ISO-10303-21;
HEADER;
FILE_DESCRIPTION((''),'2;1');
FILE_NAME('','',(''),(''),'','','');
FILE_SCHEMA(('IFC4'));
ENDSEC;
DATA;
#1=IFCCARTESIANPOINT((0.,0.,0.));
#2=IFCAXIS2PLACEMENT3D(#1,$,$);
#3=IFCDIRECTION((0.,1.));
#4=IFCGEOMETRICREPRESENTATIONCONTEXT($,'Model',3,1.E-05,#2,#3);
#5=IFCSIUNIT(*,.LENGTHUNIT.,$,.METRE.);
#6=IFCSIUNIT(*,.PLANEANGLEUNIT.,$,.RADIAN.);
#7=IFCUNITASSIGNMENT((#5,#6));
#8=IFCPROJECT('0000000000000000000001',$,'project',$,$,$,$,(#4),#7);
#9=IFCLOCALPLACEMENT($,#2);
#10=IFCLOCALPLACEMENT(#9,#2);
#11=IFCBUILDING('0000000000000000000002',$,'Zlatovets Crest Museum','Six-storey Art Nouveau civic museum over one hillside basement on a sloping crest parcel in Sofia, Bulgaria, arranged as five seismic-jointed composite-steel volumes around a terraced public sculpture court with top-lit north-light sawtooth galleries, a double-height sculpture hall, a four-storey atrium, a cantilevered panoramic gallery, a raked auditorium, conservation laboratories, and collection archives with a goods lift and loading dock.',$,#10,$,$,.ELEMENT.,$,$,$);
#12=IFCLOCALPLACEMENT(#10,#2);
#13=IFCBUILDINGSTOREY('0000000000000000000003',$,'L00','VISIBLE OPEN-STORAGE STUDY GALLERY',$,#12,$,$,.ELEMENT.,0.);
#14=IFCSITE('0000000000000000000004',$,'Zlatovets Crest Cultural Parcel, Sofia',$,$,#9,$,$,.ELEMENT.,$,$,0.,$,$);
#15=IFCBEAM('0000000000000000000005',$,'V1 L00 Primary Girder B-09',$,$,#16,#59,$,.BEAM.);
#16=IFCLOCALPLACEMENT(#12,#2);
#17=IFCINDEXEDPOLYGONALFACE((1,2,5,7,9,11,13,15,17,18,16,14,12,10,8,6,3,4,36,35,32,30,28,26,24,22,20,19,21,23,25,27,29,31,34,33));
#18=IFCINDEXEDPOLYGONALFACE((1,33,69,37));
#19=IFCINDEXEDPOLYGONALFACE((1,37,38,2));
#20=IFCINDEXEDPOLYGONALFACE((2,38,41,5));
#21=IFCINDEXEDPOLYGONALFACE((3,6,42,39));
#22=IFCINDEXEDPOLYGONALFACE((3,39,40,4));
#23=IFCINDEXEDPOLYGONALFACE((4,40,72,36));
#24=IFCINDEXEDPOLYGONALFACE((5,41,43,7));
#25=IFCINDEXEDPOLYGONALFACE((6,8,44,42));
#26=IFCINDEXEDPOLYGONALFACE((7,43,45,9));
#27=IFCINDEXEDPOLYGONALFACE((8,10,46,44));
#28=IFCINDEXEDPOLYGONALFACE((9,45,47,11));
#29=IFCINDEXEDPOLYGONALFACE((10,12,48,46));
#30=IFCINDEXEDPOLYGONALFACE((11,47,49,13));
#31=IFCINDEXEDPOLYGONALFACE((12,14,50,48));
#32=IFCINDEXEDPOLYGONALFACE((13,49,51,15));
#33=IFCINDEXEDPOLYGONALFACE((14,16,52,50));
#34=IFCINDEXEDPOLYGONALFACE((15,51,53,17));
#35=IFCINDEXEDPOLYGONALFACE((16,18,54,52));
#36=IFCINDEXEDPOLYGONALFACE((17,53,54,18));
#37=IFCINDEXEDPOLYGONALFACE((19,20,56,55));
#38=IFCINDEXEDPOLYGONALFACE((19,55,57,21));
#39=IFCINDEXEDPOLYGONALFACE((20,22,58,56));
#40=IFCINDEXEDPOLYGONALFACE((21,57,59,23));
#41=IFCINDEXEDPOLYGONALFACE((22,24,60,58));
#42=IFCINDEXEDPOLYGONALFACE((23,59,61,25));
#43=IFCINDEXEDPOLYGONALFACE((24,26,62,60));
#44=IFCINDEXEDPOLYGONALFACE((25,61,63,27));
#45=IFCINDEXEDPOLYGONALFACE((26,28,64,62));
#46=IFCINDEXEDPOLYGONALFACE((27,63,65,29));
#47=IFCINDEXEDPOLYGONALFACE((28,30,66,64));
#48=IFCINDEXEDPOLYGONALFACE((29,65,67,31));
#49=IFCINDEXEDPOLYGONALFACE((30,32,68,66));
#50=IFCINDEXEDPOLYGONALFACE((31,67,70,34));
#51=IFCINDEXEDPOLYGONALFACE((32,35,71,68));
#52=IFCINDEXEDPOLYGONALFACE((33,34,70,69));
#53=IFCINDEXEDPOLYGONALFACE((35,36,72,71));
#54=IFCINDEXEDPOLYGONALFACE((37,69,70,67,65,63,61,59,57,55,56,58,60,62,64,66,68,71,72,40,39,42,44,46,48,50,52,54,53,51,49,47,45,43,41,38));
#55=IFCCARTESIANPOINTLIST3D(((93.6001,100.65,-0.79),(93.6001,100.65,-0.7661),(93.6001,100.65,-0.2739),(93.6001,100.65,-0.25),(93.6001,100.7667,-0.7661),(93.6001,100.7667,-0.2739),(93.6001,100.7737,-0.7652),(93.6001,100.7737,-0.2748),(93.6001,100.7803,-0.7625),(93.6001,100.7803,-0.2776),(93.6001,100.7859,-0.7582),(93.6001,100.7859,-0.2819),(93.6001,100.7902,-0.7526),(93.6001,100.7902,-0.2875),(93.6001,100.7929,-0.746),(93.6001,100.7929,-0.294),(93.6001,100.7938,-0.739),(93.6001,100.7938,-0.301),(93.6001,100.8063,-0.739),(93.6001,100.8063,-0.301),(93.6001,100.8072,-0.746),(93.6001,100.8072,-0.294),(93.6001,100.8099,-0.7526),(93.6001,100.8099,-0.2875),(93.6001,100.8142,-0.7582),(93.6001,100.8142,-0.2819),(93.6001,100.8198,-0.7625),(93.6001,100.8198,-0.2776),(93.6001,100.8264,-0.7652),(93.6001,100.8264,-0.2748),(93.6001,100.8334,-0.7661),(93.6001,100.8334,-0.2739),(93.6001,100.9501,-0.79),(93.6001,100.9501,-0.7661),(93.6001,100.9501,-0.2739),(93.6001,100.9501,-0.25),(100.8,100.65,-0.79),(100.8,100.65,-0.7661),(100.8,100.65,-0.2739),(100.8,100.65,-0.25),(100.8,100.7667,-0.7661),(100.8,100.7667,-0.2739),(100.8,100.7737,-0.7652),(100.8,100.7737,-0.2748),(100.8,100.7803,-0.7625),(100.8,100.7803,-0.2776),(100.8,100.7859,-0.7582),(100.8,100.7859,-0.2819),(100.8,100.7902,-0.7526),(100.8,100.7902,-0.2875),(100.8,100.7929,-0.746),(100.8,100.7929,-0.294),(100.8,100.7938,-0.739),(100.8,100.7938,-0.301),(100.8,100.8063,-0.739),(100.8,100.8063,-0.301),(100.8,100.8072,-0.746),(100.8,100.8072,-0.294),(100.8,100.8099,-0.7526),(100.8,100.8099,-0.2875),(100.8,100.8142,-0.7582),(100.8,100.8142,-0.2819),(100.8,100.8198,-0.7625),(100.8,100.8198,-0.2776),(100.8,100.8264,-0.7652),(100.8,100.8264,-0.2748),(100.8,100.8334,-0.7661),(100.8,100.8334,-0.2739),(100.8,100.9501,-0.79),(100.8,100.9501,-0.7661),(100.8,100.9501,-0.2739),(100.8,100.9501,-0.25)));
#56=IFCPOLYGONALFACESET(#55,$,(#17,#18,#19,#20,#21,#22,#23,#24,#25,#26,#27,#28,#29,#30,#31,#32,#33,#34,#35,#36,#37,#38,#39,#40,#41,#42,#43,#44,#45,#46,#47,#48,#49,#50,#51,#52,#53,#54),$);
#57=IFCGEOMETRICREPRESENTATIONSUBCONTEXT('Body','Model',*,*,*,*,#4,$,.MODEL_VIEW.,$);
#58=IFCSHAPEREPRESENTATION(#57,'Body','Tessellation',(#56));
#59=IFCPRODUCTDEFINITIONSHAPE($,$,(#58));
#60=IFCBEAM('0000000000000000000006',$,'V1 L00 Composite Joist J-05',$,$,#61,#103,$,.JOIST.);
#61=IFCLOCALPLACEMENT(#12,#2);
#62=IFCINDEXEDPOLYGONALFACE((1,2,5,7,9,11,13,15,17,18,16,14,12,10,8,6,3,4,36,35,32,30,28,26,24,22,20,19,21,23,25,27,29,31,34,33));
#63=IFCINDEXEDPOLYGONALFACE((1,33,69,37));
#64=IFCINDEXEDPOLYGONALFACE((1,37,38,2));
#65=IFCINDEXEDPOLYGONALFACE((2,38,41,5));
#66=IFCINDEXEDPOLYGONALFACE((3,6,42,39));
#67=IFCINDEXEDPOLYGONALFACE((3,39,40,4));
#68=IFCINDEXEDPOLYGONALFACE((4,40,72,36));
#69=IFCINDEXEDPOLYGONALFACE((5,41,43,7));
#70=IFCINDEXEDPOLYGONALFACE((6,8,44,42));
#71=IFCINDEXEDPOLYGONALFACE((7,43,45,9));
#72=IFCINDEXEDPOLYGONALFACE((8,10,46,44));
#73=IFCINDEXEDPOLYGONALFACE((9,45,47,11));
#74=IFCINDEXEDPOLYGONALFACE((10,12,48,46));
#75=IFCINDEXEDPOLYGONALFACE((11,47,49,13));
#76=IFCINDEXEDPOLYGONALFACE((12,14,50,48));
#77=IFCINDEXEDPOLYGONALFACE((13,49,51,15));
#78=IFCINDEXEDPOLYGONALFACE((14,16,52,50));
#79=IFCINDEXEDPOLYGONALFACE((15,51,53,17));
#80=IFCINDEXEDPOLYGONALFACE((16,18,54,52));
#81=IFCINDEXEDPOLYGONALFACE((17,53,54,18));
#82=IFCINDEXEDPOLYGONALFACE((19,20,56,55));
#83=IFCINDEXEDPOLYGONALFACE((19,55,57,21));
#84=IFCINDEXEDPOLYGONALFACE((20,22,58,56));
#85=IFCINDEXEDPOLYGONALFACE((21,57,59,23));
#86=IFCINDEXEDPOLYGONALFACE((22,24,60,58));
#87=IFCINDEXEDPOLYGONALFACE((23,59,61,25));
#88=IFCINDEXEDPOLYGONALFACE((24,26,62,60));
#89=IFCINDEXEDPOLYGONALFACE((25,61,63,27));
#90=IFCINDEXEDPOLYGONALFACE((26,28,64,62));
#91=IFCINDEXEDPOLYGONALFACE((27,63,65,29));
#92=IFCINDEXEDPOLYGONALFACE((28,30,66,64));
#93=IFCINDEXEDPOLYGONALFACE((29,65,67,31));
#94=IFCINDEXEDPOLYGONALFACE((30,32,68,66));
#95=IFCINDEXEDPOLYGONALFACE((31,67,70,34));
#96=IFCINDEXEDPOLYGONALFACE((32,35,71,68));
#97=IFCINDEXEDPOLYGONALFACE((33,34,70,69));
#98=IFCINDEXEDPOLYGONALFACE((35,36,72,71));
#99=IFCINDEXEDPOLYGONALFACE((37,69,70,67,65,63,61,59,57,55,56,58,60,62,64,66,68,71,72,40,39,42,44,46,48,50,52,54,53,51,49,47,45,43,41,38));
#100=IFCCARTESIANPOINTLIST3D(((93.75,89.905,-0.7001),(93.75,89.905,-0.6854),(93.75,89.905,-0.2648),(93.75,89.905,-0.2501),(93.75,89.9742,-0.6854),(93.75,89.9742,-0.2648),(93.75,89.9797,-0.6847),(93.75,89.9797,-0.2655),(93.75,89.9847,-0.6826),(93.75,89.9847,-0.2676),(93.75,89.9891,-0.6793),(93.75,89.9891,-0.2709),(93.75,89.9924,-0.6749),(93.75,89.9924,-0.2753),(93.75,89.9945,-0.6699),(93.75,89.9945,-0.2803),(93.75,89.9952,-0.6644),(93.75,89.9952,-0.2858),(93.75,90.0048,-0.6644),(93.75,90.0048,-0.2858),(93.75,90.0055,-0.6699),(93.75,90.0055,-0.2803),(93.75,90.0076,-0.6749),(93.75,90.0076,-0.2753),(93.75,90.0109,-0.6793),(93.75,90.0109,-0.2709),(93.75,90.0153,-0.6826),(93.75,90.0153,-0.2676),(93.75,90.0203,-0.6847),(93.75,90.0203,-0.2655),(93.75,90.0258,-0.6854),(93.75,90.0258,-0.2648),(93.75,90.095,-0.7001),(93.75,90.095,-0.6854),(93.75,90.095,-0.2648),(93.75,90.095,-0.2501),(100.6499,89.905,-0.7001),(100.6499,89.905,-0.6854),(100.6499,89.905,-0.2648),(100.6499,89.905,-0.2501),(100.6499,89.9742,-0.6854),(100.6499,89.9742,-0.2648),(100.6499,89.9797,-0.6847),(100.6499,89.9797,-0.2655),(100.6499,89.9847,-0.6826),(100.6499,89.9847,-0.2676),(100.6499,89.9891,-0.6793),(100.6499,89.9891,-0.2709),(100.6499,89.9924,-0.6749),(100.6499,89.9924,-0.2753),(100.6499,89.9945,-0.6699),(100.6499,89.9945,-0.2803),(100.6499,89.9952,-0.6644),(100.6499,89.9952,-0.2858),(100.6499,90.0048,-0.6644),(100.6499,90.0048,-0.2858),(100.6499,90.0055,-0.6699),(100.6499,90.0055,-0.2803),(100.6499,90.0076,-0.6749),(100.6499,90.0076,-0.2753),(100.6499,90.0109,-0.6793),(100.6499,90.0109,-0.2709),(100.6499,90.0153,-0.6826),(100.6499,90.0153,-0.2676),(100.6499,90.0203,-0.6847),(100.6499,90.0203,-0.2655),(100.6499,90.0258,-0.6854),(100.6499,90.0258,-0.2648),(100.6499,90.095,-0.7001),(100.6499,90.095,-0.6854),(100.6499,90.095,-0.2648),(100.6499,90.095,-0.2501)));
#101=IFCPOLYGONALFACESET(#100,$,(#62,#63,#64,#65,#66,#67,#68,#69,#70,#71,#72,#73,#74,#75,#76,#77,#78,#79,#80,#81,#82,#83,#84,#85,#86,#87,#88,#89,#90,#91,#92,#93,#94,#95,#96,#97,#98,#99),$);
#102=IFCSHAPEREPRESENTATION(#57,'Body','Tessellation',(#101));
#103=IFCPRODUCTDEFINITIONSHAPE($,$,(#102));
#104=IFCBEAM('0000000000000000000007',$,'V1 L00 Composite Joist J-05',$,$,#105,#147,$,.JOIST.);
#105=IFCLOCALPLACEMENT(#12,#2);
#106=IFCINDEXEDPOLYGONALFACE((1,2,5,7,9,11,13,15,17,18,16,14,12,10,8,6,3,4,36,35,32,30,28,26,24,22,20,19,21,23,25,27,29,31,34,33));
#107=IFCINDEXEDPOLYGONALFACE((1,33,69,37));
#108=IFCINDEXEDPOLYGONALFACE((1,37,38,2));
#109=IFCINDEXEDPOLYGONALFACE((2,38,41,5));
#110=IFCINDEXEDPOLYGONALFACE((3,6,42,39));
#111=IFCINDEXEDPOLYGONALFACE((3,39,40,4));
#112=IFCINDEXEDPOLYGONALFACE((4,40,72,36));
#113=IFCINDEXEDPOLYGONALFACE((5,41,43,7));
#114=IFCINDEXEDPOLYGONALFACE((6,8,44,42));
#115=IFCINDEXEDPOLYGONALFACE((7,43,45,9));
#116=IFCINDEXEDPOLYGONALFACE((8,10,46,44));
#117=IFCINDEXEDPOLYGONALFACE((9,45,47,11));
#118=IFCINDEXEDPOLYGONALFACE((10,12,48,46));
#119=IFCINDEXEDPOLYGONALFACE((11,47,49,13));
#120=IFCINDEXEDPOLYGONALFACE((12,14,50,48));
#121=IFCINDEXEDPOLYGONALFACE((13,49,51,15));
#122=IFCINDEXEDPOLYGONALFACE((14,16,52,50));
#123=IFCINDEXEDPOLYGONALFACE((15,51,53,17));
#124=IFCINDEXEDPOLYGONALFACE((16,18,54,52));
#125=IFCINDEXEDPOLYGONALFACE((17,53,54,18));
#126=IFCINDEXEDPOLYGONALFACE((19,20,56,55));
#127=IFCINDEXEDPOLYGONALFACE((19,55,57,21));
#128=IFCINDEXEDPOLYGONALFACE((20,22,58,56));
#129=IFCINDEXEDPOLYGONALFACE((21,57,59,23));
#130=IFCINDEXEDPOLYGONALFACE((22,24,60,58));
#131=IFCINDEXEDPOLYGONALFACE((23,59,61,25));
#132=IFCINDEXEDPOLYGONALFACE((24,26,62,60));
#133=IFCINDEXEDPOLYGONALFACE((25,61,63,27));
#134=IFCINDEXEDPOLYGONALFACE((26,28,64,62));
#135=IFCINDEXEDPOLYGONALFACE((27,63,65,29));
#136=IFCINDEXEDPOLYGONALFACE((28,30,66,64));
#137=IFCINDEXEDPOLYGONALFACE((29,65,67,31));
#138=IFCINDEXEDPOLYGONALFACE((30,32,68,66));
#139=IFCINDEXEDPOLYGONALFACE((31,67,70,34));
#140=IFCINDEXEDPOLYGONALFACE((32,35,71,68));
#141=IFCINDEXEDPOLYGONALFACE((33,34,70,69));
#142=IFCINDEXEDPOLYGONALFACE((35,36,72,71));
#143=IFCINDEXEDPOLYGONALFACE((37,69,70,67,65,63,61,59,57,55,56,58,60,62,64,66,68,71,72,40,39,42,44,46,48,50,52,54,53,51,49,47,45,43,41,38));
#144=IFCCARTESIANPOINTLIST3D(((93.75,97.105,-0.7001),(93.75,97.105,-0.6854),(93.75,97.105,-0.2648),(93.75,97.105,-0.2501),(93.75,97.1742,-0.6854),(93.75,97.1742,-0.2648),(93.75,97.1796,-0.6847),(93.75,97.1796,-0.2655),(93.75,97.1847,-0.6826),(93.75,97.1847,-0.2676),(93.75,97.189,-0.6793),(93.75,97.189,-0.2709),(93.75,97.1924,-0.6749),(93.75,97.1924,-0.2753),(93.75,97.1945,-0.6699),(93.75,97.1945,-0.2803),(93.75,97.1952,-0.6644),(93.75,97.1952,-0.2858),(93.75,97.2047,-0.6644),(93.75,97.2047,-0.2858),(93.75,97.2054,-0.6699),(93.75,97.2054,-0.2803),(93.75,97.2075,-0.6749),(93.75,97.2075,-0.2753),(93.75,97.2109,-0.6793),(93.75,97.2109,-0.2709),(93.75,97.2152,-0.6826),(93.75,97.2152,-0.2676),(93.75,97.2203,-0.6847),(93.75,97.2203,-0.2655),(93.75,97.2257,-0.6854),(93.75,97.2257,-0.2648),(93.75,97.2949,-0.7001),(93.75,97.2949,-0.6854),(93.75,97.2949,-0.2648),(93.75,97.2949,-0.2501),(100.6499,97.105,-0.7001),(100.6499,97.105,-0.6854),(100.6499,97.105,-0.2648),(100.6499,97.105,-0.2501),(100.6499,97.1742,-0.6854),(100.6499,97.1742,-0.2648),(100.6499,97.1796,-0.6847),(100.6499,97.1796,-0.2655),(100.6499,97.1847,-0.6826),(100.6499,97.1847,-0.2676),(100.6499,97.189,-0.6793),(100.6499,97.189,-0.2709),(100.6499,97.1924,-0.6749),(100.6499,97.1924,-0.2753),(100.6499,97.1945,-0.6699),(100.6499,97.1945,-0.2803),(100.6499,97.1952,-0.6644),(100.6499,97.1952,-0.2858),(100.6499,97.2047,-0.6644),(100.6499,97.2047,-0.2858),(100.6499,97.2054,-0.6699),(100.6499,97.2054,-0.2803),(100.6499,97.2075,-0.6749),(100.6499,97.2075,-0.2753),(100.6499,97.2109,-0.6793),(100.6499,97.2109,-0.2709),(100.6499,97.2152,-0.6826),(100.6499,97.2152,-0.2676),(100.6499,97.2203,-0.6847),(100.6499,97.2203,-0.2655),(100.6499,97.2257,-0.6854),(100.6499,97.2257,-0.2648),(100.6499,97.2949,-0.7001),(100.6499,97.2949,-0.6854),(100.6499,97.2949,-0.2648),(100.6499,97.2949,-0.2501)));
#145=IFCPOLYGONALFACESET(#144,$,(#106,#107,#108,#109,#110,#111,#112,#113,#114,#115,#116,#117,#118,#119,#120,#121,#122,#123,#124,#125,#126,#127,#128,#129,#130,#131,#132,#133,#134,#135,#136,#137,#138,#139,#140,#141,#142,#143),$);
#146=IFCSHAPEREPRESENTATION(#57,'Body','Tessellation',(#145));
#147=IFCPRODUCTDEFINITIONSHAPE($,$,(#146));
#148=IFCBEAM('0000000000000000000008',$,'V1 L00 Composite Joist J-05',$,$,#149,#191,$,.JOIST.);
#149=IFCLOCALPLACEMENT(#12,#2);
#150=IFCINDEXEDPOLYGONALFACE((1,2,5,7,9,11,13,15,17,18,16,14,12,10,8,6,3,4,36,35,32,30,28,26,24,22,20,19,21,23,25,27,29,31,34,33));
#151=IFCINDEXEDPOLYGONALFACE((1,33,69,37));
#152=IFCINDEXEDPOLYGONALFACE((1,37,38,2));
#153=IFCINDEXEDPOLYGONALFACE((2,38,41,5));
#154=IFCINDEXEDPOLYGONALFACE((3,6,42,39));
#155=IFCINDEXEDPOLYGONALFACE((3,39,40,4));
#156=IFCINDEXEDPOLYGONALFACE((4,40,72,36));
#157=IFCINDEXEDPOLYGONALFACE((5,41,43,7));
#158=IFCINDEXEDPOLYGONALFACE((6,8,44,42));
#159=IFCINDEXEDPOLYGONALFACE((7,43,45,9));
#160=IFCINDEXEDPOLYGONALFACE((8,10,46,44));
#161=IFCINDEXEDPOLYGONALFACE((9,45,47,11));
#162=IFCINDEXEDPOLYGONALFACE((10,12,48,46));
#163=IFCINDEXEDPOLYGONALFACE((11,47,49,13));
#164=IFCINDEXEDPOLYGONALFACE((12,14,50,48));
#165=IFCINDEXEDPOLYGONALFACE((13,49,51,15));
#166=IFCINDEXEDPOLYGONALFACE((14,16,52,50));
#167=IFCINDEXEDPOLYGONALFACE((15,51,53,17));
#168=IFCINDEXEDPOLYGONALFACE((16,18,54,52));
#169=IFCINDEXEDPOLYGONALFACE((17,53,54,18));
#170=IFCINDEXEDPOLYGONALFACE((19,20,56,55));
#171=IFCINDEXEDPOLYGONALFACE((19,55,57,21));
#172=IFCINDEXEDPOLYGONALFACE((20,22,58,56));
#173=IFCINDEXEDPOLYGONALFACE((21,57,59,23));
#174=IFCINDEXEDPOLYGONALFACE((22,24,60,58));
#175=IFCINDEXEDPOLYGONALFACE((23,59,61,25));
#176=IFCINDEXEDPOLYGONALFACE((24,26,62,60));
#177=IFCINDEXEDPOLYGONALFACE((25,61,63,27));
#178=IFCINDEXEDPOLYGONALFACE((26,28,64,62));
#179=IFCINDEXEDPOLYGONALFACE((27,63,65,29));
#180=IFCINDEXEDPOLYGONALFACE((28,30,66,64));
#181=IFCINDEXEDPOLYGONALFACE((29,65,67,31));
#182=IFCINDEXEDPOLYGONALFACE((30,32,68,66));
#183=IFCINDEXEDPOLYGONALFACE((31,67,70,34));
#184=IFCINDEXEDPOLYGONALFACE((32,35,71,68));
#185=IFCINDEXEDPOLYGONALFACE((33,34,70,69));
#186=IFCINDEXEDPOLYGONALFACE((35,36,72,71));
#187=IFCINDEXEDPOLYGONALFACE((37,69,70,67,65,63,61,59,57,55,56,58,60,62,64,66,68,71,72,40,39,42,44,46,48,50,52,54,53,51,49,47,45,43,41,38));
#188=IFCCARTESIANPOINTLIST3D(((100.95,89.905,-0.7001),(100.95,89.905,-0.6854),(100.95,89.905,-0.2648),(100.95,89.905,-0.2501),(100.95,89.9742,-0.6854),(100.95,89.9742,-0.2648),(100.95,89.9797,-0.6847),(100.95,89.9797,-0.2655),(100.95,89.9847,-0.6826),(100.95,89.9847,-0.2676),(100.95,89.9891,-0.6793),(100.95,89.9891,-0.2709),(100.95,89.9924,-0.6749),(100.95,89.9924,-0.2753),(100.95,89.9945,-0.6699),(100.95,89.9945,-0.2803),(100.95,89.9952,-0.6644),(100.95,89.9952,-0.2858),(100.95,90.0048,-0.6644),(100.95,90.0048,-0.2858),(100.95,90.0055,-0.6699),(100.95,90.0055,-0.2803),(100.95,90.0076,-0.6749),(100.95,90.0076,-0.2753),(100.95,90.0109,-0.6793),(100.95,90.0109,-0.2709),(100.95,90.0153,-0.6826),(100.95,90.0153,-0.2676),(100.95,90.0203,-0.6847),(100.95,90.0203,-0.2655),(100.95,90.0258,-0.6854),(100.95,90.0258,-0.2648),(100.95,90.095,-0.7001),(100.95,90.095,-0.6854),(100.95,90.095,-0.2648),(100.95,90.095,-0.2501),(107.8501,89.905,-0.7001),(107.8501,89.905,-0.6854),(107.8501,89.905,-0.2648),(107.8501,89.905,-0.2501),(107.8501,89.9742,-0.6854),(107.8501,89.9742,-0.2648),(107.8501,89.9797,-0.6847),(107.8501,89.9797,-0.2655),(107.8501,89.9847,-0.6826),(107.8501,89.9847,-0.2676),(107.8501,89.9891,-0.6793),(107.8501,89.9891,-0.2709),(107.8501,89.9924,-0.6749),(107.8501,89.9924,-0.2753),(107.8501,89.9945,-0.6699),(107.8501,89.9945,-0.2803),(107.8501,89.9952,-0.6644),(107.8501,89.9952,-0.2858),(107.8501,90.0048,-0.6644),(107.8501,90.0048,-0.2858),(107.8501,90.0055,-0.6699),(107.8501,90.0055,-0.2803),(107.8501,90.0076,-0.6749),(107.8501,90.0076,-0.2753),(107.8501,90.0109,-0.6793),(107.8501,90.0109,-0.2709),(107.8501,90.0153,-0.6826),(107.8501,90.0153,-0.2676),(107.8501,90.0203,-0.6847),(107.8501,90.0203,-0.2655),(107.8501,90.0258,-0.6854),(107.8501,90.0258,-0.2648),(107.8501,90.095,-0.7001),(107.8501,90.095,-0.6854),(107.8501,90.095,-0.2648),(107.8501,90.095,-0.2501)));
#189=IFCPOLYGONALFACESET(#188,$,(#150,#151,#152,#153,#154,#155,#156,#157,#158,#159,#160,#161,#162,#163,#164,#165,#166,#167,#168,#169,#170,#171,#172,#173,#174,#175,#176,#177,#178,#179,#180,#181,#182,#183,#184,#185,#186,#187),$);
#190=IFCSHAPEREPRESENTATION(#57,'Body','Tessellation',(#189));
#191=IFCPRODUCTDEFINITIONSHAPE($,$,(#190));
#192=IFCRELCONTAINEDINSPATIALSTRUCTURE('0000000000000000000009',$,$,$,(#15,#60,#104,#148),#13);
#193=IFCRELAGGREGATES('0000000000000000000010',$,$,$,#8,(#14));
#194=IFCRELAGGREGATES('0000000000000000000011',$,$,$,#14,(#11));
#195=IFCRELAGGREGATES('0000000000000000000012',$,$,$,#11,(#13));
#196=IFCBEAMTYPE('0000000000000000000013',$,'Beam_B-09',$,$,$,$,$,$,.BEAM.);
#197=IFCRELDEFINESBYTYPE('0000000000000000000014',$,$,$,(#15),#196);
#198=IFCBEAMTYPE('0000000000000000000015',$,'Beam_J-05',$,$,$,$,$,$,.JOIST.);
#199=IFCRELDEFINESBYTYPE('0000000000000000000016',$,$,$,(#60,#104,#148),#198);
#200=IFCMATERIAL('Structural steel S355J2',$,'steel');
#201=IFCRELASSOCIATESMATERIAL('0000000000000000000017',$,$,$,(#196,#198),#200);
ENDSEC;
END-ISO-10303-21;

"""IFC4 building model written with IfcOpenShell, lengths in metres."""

from ifc_helpers import new_model, si_unit, direction, frame, origin, origin_2d, place, context, subcontext, project, spatial, i_section, extrude, material, material_profile, profile_set, type_object, element, save


model = new_model("IFC4")

# Units and contexts
model_context = context("Model", 3, precision=1e-05, world=origin(), true_north=direction((0.0, 1.0)))
body_context = subcontext(model_context, "Body", "Model", "MODEL_VIEW")
ifc_project = project(units=[si_unit("LENGTHUNIT", "METRE"), si_unit("PLANEANGLEUNIT", "RADIAN")], contexts=[model_context])

# Site, building, storey
site_placement = place(None, origin())
site = spatial("IfcSite", under=ifc_project, at=site_placement, Name="Zlatovets Crest Cultural Parcel, Sofia", CompositionType="ELEMENT", RefElevation=0.0)
building_placement = place(site_placement, origin())
building = spatial("IfcBuilding", under=site, at=building_placement, Name="Zlatovets Crest Museum", Description="Six-storey Art Nouveau civic museum over one hillside basement on a sloping crest parcel in Sofia, Bulgaria, arranged as five seismic-jointed composite-steel volumes around a terraced public sculpture court with top-lit north-light sawtooth galleries, a double-height sculpture hall, a four-storey atrium, a cantilevered panoramic gallery, a raked auditorium, conservation laboratories, and collection archives with a goods lift and loading dock.", CompositionType="ELEMENT")
storey_placement = place(building_placement, origin())
storey = spatial("IfcBuildingStorey", under=building, at=storey_placement, Name="L00", Description="VISIBLE OPEN-STORAGE STUDY GALLERY", CompositionType="ELEMENT", Elevation=0.0)

# Shared definitions
ifc_material_1 = material(Name="Structural steel S355J2", Category="steel")

# Beams
ifc_material_profile_1 = material_profile(ifc_material_1, i_section(OverallWidth=0.3, OverallDepth=0.54, WebThickness=0.0125, FlangeThickness=0.0239, FilletRadius=0.0271, at=origin_2d()), Name="HEA 550")
ifc_profile_set_1 = profile_set([ifc_material_profile_1], Name="Structural steel S355J2")
beam_type_1 = type_object("IfcBeamType", Name="Beam_B-09", PredefinedType="BEAM", material=ifc_profile_set_1)
for number, where, z_axis, x_axis, name in (
    (1, (93.6001, 100.8, -0.52), (1.0, 0.0, 0.0), (0.0, 1.0, 0.0), "V1 L00 Primary Girder B-09"),
):
    element("IfcBeam", number, at=place(storey_placement, frame(where, z_axis=z_axis, x_axis=x_axis)), inside=storey, type_object=beam_type_1, Name=name, PredefinedType="BEAM", context=body_context, shape_type="SweptSolid", body=[
        extrude(i_section(OverallWidth=0.3, OverallDepth=0.54, WebThickness=0.0125, FlangeThickness=0.0239, FilletRadius=0.0271, at=origin_2d()), origin(), (0.0, 0.0, 1.0), 7.2),
    ])
ifc_material_profile_2 = material_profile(ifc_material_1, i_section(OverallWidth=0.1899, OverallDepth=0.45, WebThickness=0.0095, FlangeThickness=0.0146, FilletRadius=0.021, at=origin_2d()), Name="IPE 450")
ifc_profile_set_2 = profile_set([ifc_material_profile_2], Name="Structural steel S355J2")
beam_type_2 = type_object("IfcBeamType", Name="Beam_J-05", PredefinedType="JOIST", material=ifc_profile_set_2)
for number, where, z_axis, x_axis, name in (
    (2, (93.75, 90.0, -0.4751), (1.0, 0.0, 0.0), (0.0, 1.0, 0.0), "V1 L00 Composite Joist J-05"),
    (3, (93.75, 97.2, -0.4751), (1.0, 0.0, 0.0), (0.0, 1.0, 0.0), "V1 L00 Composite Joist J-05"),
):
    element("IfcBeam", number, at=place(storey_placement, frame(where, z_axis=z_axis, x_axis=x_axis)), inside=storey, type_object=beam_type_2, Name=name, PredefinedType="JOIST", context=body_context, shape_type="SweptSolid", body=[
        extrude(i_section(OverallWidth=0.1899, OverallDepth=0.45, WebThickness=0.0095, FlangeThickness=0.0146, FilletRadius=0.021, at=origin_2d()), origin(), (0.0, 0.0, 1.0), 6.8999),
    ])
beam_1_placement = place(storey_placement, frame((100.95, 90.0, -0.4751), z_axis=(1.0, 0.0, 0.0), x_axis=(0.0, 1.0, 0.0)))
element("IfcBeam", 4, at=beam_1_placement, inside=storey, type_object=beam_type_2, Name="V1 L00 Composite Joist J-05", PredefinedType="JOIST", context=body_context, shape_type="SweptSolid", body=[
    extrude(i_section(OverallWidth=0.1899, OverallDepth=0.45, WebThickness=0.0095, FlangeThickness=0.0146, FilletRadius=0.021, at=origin_2d()), origin(), (0.0, 0.0, 1.0), 6.9001),
])

save(model, "model.ifc")
